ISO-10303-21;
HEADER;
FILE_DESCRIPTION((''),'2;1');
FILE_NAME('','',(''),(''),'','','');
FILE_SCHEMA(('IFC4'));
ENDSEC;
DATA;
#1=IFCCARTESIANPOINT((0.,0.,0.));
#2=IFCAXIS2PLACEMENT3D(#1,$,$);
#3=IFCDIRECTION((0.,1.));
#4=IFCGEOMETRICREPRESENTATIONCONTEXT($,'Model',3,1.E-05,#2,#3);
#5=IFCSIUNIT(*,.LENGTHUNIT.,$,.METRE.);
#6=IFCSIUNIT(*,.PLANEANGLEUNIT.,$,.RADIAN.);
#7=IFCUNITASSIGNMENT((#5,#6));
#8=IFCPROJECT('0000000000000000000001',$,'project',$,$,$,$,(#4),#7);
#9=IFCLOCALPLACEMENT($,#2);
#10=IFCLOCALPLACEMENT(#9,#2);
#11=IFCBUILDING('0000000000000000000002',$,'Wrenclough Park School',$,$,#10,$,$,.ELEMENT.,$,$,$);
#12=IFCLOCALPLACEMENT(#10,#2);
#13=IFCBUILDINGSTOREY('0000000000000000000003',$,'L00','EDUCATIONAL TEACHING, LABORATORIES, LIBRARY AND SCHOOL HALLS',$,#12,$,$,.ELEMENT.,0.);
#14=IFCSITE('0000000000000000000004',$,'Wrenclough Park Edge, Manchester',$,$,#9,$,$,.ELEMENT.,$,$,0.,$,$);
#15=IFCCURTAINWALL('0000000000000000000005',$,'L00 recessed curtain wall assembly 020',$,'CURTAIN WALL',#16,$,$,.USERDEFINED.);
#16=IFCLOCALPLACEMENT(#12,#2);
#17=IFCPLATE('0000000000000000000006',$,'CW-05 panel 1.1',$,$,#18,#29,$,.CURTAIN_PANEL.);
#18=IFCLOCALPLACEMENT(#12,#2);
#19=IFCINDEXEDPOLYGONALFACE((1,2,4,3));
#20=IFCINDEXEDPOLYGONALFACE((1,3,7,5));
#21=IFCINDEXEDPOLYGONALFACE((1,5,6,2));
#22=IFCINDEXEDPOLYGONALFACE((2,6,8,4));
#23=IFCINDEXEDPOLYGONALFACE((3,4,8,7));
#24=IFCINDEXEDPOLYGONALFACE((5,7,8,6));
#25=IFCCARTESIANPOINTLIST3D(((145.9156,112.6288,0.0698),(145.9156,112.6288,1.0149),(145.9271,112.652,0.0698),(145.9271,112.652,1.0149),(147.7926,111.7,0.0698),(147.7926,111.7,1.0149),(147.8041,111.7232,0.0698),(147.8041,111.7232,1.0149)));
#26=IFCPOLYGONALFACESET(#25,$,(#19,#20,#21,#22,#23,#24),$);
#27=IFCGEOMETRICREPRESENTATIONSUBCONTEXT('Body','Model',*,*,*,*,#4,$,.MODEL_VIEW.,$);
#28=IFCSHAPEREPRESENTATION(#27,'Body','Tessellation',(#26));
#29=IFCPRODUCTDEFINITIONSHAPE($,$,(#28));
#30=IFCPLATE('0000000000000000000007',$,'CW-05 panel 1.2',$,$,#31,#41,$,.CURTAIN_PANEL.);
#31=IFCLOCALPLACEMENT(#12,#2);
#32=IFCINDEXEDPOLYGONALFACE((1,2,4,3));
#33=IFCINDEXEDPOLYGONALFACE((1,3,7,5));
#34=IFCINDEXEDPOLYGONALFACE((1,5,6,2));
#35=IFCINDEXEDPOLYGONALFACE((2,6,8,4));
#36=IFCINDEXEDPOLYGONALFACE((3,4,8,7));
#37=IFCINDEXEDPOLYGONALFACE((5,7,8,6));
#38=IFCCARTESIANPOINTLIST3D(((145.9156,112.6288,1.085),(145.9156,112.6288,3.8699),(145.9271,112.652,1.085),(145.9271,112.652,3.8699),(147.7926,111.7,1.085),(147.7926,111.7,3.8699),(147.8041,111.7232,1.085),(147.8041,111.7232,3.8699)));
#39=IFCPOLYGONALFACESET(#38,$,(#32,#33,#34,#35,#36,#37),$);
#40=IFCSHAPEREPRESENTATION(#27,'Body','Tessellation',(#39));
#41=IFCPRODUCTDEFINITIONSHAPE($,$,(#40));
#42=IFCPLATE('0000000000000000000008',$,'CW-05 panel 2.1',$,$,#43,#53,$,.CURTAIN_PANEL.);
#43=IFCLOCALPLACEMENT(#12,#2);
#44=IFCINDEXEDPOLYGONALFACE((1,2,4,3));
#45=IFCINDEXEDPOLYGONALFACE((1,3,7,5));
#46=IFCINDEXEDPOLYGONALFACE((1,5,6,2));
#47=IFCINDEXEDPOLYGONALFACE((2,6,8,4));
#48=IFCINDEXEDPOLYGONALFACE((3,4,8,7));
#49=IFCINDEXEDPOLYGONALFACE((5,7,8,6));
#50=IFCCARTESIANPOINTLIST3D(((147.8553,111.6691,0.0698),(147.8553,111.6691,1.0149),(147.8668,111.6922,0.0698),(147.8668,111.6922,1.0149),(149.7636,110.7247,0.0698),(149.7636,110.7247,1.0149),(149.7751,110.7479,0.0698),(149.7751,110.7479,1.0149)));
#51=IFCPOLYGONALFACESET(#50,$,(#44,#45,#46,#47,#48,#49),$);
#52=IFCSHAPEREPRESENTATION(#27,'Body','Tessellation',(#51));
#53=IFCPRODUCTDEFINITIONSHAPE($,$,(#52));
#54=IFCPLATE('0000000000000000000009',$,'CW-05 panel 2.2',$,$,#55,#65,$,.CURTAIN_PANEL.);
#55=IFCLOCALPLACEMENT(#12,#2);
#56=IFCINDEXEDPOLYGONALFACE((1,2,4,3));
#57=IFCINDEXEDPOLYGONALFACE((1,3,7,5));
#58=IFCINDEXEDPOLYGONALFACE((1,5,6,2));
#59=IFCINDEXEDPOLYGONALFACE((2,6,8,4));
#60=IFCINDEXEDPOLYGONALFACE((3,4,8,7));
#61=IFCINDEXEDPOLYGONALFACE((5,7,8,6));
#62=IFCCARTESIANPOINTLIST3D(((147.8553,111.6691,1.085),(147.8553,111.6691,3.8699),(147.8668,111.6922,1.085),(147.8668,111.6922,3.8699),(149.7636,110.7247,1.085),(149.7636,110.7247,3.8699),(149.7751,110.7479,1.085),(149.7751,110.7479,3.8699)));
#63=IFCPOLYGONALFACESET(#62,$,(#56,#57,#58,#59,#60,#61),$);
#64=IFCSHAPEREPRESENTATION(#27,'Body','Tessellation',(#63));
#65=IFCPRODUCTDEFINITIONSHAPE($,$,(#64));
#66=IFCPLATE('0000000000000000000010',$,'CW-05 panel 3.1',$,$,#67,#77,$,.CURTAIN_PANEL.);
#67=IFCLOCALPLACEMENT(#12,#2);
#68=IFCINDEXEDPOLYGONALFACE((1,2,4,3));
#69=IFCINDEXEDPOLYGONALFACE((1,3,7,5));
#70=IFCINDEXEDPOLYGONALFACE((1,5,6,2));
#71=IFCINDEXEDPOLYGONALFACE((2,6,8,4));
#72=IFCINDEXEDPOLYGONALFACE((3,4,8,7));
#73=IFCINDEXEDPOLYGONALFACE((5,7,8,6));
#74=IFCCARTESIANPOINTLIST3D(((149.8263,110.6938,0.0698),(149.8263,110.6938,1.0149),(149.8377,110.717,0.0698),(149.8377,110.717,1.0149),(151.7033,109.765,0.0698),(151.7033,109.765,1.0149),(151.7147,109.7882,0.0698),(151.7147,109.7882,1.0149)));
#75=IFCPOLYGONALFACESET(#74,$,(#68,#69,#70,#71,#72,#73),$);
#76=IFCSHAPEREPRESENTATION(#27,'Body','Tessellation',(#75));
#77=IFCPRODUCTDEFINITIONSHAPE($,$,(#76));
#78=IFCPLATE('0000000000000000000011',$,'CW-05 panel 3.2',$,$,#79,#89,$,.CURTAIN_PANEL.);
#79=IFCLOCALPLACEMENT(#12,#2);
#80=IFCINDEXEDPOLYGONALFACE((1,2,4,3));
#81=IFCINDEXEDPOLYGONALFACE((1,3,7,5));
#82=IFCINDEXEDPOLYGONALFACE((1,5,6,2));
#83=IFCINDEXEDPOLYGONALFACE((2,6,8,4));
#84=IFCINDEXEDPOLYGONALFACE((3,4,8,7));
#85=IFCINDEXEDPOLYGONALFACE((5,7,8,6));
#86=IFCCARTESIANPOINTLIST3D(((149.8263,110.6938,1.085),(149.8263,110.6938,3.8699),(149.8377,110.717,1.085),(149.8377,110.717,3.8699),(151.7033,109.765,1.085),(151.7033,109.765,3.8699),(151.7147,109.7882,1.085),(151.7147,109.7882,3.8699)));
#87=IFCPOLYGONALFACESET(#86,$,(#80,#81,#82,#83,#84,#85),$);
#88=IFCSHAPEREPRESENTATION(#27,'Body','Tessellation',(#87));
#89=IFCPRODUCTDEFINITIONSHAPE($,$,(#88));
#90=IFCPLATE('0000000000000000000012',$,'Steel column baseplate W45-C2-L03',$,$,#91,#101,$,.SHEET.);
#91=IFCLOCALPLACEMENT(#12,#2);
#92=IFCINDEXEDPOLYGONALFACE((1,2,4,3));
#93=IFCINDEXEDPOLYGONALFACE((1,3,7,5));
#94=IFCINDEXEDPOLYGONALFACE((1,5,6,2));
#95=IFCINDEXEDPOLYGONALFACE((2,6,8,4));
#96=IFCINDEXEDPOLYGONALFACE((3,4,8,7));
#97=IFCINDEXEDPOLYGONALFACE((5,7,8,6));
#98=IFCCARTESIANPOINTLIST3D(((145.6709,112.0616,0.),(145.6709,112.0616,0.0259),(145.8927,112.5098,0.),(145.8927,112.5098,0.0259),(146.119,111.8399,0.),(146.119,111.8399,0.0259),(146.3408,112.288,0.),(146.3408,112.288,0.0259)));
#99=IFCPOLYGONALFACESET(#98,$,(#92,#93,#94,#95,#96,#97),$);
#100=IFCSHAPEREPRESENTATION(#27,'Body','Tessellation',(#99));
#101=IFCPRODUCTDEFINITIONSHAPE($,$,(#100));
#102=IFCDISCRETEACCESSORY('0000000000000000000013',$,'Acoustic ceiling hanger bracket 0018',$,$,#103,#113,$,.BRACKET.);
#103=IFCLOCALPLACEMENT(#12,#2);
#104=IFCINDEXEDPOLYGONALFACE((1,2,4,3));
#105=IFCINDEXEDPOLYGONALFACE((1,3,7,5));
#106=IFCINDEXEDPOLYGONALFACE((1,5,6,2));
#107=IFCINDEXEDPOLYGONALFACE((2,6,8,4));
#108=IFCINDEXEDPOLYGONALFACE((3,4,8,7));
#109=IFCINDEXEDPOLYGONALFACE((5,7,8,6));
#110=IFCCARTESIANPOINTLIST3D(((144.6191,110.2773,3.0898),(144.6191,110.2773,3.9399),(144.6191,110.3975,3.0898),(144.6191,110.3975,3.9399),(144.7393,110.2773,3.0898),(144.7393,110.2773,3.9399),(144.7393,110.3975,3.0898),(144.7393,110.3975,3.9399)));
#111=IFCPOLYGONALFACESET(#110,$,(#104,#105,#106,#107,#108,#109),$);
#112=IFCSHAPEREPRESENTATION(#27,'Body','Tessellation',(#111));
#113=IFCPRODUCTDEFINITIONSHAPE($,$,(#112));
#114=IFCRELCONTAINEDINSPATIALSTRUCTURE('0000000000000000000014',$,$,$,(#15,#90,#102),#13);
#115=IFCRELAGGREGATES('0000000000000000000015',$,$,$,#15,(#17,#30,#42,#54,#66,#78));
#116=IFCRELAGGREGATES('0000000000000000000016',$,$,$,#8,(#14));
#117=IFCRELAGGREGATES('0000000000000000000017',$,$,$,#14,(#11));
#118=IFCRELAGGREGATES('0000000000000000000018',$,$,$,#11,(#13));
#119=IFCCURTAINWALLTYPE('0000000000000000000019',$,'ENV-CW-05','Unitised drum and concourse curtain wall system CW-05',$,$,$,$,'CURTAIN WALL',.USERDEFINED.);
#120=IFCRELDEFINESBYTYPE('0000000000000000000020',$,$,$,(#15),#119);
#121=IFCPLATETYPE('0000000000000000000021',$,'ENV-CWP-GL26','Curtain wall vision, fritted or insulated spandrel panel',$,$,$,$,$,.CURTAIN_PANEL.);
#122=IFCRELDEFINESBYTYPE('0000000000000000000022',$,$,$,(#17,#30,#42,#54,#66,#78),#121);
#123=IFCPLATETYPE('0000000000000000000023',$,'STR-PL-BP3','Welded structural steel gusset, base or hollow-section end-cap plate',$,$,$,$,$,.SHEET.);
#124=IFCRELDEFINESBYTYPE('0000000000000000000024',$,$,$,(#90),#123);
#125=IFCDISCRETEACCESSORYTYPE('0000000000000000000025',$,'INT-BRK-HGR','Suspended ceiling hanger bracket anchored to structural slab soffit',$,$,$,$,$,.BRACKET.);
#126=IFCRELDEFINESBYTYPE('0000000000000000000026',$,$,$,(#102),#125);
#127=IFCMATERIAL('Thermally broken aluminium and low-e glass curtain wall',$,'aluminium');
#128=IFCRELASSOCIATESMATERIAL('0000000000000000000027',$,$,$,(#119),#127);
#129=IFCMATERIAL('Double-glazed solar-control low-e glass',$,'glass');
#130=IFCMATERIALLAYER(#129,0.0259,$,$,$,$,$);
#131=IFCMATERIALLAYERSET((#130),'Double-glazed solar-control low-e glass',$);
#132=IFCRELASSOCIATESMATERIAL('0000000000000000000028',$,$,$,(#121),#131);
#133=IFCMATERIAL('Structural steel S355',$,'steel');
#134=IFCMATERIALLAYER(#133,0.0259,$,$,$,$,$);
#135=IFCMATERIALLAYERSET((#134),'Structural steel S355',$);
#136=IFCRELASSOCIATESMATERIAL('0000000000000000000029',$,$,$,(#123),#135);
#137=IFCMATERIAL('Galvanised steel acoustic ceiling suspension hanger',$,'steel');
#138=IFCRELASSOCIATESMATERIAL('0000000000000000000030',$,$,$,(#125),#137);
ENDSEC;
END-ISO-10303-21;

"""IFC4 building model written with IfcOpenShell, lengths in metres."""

from ifc_helpers import new_model, si_unit, direction, frame, origin, origin_2d, place, context, subcontext, project, spatial, rectangle, extrude, material, layer, layer_set, type_object, element, aggregate, save


model = new_model("IFC4")

# Units and contexts
model_context = context("Model", 3, precision=1e-05, world=origin(), true_north=direction((0.0, 1.0)))
body_context = subcontext(model_context, "Body", "Model", "MODEL_VIEW")
ifc_project = project(units=[si_unit("LENGTHUNIT", "METRE"), si_unit("PLANEANGLEUNIT", "RADIAN")], contexts=[model_context])

# Site, building, storey
site_placement = place(None, origin())
site = spatial("IfcSite", under=ifc_project, at=site_placement, Name="Wrenclough Park Edge, Manchester", CompositionType="ELEMENT", RefElevation=0.0)
building_placement = place(site_placement, origin())
building = spatial("IfcBuilding", under=site, at=building_placement, Name="Wrenclough Park School", CompositionType="ELEMENT")
storey_placement = place(building_placement, origin())
storey = spatial("IfcBuildingStorey", under=building, at=storey_placement, Name="L00", Description="EDUCATIONAL TEACHING, LABORATORIES, LIBRARY AND SCHOOL HALLS", CompositionType="ELEMENT", Elevation=0.0)

# Shared definitions
ifc_material_1 = material(Name="Structural steel S355", Category="steel")

# Curtain wall
ifc_material_2 = material(Name="Thermally broken aluminium and low-e glass curtain wall", Category="aluminium")
curtain_wall_type = type_object("IfcCurtainWallType", Name="ENV-CW-05", Description="Unitised drum and concourse curtain wall system CW-05", ElementType="CURTAIN WALL", PredefinedType="USERDEFINED", material=ifc_material_2)
curtain_wall_placement = place(storey_placement, origin())
curtain_wall = element("IfcCurtainWall", 1, at=curtain_wall_placement, inside=storey, type_object=curtain_wall_type, Name="L00 recessed curtain wall assembly 020", ObjectType="CURTAIN WALL", PredefinedType="USERDEFINED")

# Plates
ifc_material_3 = material(Name="Double-glazed solar-control low-e glass", Category="glass")
ifc_layer_1 = layer(ifc_material_3, 0.0259)
ifc_layer_set_1 = layer_set([ifc_layer_1], Name="Double-glazed solar-control low-e glass")
plate_type_1 = type_object("IfcPlateType", Name="ENV-CWP-GL26", Description="Curtain wall vision, fritted or insulated spandrel panel", PredefinedType="CURTAIN_PANEL", material=ifc_layer_set_1)
plate_1_placement = place(storey_placement, frame((146.8599, 112.176, 0.0698), z_axis=(0.0, 0.0, 1.0), x_axis=(0.896269, -0.443511, 0.0)))
plate_1 = element("IfcPlate", 2, at=plate_1_placement, type_object=plate_type_1, Name="CW-05 panel 1.1", PredefinedType="CURTAIN_PANEL", context=body_context, shape_type="SweptSolid", body=[
    extrude(rectangle(XDim=2.0942, YDim=0.0259, at=origin_2d()), origin(), (0.0, 0.0, 1.0), 0.9451),
])
plate_2_placement = place(storey_placement, frame((146.8599, 112.176, 1.085), z_axis=(0.0, 0.0, 1.0), x_axis=(0.896269, -0.443511, 0.0)))
plate_2 = element("IfcPlate", 3, at=plate_2_placement, type_object=plate_type_1, Name="CW-05 panel 1.2", PredefinedType="CURTAIN_PANEL", context=body_context, shape_type="SweptSolid", body=[
    extrude(rectangle(XDim=2.0942, YDim=0.0259, at=origin_2d()), origin(), (0.0, 0.0, 1.0), 2.7849),
])
plate_3_placement = place(storey_placement, frame((148.8152, 111.2085, 0.0698), z_axis=(0.0, 0.0, 1.0), x_axis=(0.896269, -0.443511, 0.0)))
plate_3 = element("IfcPlate", 4, at=plate_3_placement, type_object=plate_type_1, Name="CW-05 panel 2.1", PredefinedType="CURTAIN_PANEL", context=body_context, shape_type="SweptSolid", body=[
    extrude(rectangle(XDim=2.1292, YDim=0.0259, at=origin_2d()), origin(), (0.0, 0.0, 1.0), 0.9451),
])
plate_4_placement = place(storey_placement, frame((148.8152, 111.2085, 1.085), z_axis=(0.0, 0.0, 1.0), x_axis=(0.896269, -0.443511, 0.0)))
plate_4 = element("IfcPlate", 5, at=plate_4_placement, type_object=plate_type_1, Name="CW-05 panel 2.2", PredefinedType="CURTAIN_PANEL", context=body_context, shape_type="SweptSolid", body=[
    extrude(rectangle(XDim=2.1292, YDim=0.0259, at=origin_2d()), origin(), (0.0, 0.0, 1.0), 2.7849),
])
plate_5_placement = place(storey_placement, frame((150.7705, 110.241, 0.0698), z_axis=(0.0, 0.0, 1.0), x_axis=(0.896269, -0.443511, 0.0)))
plate_5 = element("IfcPlate", 6, at=plate_5_placement, type_object=plate_type_1, Name="CW-05 panel 3.1", PredefinedType="CURTAIN_PANEL", context=body_context, shape_type="SweptSolid", body=[
    extrude(rectangle(XDim=2.0942, YDim=0.0259, at=origin_2d()), origin(), (0.0, 0.0, 1.0), 0.9451),
])
plate_6_placement = place(storey_placement, frame((150.7705, 110.241, 1.085), z_axis=(0.0, 0.0, 1.0), x_axis=(0.896269, -0.443511, 0.0)))
plate_6 = element("IfcPlate", 7, at=plate_6_placement, type_object=plate_type_1, Name="CW-05 panel 3.2", PredefinedType="CURTAIN_PANEL", context=body_context, shape_type="SweptSolid", body=[
    extrude(rectangle(XDim=2.0942, YDim=0.0259, at=origin_2d()), origin(), (0.0, 0.0, 1.0), 2.7849),
])
aggregate(curtain_wall, [plate_1, plate_2, plate_3, plate_4, plate_5, plate_6])
ifc_layer_2 = layer(ifc_material_1, 0.0259)
ifc_layer_set_2 = layer_set([ifc_layer_2], Name="Structural steel S355")
plate_type_2 = type_object("IfcPlateType", Name="STR-PL-BP3", Description="Welded structural steel gusset, base or hollow-section end-cap plate", PredefinedType="SHEET", material=ifc_layer_set_2)
plate_7_placement = place(storey_placement, frame((146.0059, 112.1748, 0.0), z_axis=(0.0, 0.0, 1.0), x_axis=(0.896254, -0.443541, 0.0)))
element("IfcPlate", 8, at=plate_7_placement, inside=storey, type_object=plate_type_2, Name="Steel column baseplate W45-C2-L03", PredefinedType="SHEET", context=body_context, shape_type="SweptSolid", body=[
    extrude(rectangle(XDim=0.5, YDim=0.5, at=origin_2d()), origin(), (0.0, 0.0, 1.0), 0.0259),
])

# Discrete accessory
ifc_material_4 = material(Name="Galvanised steel acoustic ceiling suspension hanger", Category="steel")
discrete_accessory_type = type_object("IfcDiscreteAccessoryType", Name="INT-BRK-HGR", Description="Suspended ceiling hanger bracket anchored to structural slab soffit", PredefinedType="BRACKET", material=ifc_material_4)
discrete_accessory_placement = place(storey_placement, frame((144.6792, 110.3374, 3.0898), z_axis=(0.0, 0.0, 1.0), x_axis=(1.0, 0.0, 0.0)))
element("IfcDiscreteAccessory", 9, at=discrete_accessory_placement, inside=storey, type_object=discrete_accessory_type, Name="Acoustic ceiling hanger bracket 0018", PredefinedType="BRACKET", context=body_context, shape_type="SweptSolid", body=[
    extrude(rectangle(XDim=0.1201, YDim=0.1201, at=origin_2d()), origin(), (0.0, 0.0, 1.0), 0.8501),
])

save(model, "model.ifc")
